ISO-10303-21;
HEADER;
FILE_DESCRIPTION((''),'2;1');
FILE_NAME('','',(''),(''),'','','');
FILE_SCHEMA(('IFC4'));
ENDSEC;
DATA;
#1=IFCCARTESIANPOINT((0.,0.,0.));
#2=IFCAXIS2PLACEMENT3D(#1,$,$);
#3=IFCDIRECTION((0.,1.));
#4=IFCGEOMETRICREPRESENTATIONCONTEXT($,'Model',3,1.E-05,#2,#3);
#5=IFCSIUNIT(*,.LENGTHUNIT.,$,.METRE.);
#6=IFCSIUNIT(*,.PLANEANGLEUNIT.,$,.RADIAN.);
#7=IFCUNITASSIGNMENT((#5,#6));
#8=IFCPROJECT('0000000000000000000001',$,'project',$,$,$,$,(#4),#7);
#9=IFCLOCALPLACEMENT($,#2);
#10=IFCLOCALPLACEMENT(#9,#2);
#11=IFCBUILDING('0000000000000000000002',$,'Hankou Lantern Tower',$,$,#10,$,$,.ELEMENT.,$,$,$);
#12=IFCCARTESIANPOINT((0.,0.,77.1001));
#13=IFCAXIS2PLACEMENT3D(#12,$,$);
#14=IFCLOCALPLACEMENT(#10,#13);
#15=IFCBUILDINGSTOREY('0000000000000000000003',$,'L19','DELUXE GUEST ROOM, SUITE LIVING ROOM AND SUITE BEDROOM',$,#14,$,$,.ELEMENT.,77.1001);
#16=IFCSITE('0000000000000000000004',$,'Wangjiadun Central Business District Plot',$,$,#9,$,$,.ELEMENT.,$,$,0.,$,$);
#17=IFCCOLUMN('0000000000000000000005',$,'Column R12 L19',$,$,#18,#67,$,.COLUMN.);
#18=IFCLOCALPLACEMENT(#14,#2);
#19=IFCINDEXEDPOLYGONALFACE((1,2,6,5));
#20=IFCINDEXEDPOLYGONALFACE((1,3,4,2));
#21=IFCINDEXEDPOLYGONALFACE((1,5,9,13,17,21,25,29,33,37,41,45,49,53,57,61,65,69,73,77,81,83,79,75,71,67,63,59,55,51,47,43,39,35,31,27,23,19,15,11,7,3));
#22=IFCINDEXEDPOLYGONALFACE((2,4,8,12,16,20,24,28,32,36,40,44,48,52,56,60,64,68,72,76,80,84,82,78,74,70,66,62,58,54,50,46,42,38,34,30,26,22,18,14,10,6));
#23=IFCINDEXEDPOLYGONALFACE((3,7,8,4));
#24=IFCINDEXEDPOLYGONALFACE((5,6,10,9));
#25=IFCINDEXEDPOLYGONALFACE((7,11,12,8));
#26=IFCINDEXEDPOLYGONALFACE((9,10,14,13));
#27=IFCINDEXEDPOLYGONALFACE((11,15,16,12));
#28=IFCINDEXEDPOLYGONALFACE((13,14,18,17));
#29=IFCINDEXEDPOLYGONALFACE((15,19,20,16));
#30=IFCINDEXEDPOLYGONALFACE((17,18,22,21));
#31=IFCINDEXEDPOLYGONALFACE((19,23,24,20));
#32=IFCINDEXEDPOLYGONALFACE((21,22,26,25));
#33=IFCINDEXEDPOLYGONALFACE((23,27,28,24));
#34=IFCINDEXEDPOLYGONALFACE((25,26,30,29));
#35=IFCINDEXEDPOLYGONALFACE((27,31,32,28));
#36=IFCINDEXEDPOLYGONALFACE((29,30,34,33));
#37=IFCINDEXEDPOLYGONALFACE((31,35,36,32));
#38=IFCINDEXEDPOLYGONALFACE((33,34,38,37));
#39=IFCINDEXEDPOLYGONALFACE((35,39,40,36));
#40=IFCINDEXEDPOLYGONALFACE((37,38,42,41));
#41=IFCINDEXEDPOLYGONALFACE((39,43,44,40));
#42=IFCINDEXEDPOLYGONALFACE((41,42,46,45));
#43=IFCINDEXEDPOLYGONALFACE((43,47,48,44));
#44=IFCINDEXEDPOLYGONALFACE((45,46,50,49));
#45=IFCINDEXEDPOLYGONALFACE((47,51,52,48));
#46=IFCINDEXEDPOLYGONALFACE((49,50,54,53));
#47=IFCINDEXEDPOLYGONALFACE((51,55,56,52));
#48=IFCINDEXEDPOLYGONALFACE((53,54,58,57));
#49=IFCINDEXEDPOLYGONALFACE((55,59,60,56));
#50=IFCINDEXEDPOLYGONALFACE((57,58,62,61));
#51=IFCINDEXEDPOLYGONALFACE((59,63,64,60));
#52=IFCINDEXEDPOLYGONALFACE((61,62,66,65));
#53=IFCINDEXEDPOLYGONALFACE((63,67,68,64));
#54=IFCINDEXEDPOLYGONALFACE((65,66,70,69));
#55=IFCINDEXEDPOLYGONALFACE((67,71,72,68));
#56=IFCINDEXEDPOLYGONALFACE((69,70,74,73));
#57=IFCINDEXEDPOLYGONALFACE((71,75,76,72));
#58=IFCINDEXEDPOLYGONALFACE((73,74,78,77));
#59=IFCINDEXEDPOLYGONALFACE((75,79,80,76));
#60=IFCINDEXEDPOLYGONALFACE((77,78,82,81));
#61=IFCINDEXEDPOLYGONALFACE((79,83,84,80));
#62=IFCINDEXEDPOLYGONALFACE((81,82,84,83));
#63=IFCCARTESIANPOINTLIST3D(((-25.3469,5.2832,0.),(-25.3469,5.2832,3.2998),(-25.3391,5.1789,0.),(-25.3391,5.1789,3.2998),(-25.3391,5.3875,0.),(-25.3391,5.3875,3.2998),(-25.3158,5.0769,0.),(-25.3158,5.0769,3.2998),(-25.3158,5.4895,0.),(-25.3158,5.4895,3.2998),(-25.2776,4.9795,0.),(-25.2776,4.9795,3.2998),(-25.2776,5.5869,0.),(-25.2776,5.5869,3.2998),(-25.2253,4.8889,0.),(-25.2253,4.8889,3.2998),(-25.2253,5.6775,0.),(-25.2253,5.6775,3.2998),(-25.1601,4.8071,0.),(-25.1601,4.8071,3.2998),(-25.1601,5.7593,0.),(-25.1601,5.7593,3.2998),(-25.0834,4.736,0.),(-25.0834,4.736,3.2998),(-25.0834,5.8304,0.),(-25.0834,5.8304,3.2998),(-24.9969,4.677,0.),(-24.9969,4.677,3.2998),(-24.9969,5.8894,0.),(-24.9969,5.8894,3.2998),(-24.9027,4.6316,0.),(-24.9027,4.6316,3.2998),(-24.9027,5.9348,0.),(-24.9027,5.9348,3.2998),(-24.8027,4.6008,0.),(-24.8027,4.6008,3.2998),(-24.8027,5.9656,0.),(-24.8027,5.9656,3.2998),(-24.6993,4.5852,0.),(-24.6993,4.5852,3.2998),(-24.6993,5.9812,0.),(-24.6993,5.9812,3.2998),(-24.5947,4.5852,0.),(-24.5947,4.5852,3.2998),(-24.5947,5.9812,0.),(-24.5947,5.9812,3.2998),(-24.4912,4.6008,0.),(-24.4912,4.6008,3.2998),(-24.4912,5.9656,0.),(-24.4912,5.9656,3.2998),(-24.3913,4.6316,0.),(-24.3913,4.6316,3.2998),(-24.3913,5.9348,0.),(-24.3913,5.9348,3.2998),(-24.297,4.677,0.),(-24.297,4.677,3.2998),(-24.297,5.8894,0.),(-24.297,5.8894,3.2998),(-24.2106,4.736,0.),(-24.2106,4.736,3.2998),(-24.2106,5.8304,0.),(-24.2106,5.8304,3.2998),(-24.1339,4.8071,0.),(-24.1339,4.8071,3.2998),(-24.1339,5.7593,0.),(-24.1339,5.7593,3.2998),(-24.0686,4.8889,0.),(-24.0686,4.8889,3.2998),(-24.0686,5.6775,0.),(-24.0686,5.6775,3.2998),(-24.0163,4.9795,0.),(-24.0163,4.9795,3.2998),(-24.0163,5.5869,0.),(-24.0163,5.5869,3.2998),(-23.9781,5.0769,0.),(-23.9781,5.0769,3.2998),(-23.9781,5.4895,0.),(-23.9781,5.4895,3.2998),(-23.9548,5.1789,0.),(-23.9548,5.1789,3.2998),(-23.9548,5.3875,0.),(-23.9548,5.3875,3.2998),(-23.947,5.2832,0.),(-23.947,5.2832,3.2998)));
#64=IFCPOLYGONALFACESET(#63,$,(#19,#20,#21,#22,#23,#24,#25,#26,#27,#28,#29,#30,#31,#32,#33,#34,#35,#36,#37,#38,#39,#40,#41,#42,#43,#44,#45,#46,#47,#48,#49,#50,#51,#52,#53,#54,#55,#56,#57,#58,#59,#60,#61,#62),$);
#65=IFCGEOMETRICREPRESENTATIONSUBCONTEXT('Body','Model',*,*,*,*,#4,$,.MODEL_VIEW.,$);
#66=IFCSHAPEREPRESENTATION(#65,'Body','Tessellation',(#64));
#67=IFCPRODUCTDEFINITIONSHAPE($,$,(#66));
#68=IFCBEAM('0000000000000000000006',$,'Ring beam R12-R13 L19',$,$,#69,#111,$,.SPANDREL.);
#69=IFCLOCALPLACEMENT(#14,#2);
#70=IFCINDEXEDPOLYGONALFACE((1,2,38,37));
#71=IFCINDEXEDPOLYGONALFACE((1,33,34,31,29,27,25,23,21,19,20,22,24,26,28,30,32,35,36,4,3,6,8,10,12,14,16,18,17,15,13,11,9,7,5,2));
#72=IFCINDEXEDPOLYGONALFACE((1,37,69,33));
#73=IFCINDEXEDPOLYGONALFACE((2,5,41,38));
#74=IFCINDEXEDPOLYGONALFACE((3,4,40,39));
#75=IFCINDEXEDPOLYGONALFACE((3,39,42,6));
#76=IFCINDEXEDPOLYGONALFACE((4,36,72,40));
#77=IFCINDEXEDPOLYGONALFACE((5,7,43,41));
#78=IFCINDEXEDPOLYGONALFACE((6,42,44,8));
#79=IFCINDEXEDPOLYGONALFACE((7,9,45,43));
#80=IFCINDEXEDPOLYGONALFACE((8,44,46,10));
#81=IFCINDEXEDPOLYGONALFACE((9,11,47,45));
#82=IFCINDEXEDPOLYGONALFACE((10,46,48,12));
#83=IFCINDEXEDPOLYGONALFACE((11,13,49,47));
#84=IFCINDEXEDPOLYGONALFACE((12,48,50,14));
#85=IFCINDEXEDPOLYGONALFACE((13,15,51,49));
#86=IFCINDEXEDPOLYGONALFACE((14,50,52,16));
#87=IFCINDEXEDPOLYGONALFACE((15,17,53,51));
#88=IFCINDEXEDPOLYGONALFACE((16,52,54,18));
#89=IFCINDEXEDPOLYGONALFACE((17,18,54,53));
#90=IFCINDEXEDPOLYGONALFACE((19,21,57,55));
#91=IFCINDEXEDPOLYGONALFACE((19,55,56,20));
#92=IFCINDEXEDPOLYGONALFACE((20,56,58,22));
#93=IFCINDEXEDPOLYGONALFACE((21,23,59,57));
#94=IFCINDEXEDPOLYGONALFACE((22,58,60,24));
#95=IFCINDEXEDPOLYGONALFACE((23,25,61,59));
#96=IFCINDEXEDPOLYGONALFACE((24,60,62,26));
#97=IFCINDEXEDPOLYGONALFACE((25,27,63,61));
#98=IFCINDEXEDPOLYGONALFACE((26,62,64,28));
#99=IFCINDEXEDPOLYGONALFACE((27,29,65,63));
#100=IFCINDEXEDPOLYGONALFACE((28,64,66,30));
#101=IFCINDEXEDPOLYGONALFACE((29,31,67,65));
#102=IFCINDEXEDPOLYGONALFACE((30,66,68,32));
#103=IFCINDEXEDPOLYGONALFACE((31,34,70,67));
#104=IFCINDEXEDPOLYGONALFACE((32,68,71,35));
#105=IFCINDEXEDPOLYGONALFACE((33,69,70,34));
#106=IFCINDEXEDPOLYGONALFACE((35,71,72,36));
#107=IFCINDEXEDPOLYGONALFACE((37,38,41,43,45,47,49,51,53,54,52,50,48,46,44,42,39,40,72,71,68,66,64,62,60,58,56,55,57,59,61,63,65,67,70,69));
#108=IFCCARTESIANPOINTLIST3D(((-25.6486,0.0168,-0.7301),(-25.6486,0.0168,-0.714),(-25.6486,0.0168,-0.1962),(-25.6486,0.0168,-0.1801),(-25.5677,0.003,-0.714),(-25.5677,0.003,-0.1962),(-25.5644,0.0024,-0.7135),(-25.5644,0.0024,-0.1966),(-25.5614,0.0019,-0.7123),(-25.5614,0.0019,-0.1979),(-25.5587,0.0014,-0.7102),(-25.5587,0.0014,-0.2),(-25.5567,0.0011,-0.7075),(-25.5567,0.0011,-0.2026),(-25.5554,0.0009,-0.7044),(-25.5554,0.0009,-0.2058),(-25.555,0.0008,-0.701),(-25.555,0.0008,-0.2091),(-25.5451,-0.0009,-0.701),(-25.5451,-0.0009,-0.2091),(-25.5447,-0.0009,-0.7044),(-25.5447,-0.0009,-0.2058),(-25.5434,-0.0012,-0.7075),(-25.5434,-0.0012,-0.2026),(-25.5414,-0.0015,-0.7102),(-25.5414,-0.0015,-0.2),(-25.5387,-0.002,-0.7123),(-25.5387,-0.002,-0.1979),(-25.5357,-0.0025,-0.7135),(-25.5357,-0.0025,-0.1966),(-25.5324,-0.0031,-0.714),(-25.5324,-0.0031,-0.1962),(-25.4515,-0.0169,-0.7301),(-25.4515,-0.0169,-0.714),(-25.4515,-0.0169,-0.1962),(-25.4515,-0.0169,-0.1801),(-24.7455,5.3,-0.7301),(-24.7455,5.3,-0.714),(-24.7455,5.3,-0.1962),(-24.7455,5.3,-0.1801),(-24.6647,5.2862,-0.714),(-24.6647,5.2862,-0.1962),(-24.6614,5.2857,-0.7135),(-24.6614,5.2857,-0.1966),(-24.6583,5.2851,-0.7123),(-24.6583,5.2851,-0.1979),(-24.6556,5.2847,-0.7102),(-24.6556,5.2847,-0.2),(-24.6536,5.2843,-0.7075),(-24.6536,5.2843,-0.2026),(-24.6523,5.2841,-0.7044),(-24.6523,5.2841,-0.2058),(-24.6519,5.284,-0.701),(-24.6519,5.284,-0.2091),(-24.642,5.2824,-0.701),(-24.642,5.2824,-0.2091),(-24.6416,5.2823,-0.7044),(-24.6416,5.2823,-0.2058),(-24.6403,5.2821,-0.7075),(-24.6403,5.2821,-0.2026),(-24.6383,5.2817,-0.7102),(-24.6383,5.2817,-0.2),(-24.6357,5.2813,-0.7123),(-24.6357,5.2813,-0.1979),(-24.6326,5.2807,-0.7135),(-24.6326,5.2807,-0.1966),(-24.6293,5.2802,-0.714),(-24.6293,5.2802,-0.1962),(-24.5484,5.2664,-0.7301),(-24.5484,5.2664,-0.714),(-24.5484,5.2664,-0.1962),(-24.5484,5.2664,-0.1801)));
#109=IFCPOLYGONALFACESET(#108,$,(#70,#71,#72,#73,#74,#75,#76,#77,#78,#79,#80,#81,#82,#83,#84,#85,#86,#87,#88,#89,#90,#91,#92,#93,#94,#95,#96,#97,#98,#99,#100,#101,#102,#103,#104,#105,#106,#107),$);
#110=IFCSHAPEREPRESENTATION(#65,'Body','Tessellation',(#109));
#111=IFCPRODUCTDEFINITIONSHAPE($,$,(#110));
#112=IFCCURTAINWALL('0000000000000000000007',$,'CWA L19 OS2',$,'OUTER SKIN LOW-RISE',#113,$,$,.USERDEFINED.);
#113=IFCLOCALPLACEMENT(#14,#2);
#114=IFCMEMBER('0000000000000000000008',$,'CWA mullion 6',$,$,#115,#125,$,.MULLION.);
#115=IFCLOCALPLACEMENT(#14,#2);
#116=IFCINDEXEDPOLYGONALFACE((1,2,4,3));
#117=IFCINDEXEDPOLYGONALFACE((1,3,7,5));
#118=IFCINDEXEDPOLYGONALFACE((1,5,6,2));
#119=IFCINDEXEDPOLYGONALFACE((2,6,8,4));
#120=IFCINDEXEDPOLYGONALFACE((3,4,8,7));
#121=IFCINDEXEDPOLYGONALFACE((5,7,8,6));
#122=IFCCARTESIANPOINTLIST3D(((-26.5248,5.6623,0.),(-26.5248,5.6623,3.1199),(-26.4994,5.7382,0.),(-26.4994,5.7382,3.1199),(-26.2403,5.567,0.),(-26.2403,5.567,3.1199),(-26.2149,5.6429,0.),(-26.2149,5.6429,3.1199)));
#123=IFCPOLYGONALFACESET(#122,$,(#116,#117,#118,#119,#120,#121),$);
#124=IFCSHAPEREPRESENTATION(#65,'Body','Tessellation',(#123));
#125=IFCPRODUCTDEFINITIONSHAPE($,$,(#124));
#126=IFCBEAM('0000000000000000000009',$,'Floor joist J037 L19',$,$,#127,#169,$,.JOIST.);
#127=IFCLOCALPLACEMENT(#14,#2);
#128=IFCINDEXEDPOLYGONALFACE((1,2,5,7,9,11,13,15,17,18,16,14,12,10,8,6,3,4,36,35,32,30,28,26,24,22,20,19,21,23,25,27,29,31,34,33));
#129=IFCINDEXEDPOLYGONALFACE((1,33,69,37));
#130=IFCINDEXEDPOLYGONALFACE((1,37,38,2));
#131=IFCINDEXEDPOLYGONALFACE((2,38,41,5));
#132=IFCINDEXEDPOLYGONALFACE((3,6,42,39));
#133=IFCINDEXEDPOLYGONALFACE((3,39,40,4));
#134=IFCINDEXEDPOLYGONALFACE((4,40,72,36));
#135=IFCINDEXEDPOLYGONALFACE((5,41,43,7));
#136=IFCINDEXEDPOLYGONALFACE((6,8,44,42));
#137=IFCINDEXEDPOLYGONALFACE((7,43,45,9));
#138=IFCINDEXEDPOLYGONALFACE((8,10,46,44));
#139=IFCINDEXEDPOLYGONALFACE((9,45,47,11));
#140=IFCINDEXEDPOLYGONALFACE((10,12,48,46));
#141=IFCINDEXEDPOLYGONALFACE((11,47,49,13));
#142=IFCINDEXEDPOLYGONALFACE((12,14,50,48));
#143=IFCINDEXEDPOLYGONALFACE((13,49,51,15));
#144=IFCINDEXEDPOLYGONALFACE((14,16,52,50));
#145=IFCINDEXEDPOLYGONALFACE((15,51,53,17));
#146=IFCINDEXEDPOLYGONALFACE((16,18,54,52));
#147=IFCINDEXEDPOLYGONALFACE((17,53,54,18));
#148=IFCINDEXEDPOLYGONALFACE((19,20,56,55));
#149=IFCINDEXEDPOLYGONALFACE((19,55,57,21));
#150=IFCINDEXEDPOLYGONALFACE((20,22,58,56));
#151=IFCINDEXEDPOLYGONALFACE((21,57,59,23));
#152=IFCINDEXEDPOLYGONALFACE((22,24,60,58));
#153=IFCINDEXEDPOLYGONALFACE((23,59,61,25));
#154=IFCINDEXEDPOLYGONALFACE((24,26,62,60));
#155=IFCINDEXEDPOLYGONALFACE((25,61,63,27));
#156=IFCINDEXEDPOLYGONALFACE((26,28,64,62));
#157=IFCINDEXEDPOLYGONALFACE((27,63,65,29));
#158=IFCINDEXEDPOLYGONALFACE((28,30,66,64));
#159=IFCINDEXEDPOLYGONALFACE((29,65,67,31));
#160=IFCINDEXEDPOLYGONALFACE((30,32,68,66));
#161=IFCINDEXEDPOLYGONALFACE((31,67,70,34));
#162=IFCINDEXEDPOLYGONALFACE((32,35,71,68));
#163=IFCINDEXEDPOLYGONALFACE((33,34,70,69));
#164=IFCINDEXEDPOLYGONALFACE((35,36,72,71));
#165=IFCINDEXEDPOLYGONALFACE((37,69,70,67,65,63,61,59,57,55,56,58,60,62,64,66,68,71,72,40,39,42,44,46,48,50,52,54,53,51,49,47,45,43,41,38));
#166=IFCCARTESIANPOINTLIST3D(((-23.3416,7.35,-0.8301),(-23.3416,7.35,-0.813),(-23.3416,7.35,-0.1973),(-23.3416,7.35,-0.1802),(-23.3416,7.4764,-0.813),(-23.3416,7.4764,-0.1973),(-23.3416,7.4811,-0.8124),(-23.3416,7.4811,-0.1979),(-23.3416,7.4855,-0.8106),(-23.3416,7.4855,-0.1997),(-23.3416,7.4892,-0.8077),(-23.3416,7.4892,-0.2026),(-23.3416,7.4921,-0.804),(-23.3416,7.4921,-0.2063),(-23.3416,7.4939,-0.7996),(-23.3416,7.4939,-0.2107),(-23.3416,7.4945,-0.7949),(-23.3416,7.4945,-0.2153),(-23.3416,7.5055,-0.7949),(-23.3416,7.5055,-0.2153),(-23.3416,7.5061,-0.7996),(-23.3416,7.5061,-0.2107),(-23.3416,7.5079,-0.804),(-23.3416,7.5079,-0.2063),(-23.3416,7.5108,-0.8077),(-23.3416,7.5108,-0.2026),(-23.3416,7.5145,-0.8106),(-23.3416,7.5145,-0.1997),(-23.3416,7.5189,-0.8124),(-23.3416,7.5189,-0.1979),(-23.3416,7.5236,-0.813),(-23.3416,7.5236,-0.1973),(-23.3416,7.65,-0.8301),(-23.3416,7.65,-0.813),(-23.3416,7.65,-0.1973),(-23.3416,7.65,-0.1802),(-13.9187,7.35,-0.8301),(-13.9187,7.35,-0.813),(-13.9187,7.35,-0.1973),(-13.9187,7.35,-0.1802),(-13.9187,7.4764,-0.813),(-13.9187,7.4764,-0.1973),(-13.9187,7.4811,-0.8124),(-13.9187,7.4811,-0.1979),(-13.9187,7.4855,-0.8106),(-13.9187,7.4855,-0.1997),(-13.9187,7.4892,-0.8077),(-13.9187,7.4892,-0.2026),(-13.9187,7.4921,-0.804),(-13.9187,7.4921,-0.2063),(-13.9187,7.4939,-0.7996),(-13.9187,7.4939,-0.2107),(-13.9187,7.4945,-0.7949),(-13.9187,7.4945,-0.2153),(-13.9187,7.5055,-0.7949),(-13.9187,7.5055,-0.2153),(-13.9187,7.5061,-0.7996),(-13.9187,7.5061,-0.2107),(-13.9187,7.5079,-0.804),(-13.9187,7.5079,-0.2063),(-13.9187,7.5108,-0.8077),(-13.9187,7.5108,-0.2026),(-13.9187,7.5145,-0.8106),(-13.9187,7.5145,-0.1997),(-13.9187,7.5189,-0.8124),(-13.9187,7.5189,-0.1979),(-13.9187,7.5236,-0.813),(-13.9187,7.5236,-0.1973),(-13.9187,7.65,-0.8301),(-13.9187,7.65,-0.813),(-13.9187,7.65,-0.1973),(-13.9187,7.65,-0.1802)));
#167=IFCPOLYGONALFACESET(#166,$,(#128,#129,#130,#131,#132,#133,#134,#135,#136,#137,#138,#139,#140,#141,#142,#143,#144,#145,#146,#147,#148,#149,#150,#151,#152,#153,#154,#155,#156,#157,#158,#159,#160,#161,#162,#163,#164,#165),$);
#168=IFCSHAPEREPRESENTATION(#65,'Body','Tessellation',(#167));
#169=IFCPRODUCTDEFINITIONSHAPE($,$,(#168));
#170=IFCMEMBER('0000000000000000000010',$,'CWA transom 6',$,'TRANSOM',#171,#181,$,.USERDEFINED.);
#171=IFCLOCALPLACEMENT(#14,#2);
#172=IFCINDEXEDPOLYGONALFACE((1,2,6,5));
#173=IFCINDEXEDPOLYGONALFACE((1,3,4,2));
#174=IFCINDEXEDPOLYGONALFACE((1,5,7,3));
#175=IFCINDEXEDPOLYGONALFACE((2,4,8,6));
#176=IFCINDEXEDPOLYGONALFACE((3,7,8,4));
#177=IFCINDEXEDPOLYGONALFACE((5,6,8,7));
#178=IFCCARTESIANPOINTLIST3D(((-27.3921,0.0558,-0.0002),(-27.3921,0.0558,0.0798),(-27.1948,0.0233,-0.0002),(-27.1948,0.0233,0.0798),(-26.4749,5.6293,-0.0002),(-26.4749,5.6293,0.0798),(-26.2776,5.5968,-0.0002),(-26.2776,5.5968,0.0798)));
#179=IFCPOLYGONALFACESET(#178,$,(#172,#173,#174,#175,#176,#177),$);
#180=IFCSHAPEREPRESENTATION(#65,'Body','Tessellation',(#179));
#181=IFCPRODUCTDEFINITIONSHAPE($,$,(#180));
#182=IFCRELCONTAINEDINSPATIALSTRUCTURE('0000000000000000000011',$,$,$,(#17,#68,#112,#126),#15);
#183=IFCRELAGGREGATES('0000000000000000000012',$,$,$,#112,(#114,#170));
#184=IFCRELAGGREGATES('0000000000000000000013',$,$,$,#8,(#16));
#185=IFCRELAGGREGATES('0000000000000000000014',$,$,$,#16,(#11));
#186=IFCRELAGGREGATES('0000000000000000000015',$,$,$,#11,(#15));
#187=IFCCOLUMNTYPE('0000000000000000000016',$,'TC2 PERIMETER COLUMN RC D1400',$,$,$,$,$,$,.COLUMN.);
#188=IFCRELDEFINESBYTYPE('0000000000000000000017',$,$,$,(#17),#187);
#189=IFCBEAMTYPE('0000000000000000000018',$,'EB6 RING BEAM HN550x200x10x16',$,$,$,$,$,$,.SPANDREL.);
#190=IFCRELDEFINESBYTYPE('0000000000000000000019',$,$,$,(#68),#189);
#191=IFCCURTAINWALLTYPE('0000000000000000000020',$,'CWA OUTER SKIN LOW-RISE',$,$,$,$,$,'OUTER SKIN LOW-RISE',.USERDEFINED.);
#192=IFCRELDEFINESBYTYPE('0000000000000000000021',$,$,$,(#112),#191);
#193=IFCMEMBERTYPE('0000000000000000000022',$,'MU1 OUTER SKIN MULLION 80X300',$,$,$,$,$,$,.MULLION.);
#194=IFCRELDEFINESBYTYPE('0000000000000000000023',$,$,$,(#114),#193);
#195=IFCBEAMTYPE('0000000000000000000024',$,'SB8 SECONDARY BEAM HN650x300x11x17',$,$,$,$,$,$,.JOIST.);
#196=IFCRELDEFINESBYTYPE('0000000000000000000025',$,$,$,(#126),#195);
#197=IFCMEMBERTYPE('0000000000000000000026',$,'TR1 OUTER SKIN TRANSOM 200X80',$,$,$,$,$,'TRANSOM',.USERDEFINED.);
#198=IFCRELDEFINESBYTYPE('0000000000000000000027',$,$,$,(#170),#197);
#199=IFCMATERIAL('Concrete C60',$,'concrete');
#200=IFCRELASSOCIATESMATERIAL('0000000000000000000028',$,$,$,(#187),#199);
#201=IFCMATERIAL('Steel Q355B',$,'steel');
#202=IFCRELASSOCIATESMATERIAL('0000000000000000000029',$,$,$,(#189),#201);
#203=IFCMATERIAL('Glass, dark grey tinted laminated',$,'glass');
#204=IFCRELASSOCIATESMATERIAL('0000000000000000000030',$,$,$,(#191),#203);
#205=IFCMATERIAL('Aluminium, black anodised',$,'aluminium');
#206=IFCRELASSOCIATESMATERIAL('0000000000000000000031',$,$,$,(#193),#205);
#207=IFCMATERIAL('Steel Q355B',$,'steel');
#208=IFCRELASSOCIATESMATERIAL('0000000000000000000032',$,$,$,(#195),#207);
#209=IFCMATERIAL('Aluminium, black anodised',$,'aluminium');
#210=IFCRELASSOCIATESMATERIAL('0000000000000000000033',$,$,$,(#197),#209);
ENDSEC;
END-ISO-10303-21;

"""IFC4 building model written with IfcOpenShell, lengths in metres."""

from ifc_helpers import new_model, si_unit, direction, frame, origin, origin_2d, place, context, subcontext, project, spatial, rectangle, circle, i_section, extrude, material, material_profile, profile_set, type_object, element, aggregate, save


model = new_model("IFC4")

# Units and contexts
model_context = context("Model", 3, precision=1e-05, world=origin(), true_north=direction((0.0, 1.0)))
body_context = subcontext(model_context, "Body", "Model", "MODEL_VIEW")
ifc_project = project(units=[si_unit("LENGTHUNIT", "METRE"), si_unit("PLANEANGLEUNIT", "RADIAN")], contexts=[model_context])

# Site, building, storey
site_placement = place(None, origin())
site = spatial("IfcSite", under=ifc_project, at=site_placement, Name="Wangjiadun Central Business District Plot", CompositionType="ELEMENT", RefElevation=0.0)
building_placement = place(site_placement, origin())
building = spatial("IfcBuilding", under=site, at=building_placement, Name="Hankou Lantern Tower", CompositionType="ELEMENT")
storey_placement = place(building_placement, frame((0.0, 0.0, 77.1001)))
storey = spatial("IfcBuildingStorey", under=building, at=storey_placement, Name="L19", Description="DELUXE GUEST ROOM, SUITE LIVING ROOM AND SUITE BEDROOM", CompositionType="ELEMENT", Elevation=77.1001)

# Column
ifc_material_1 = material(Name="Concrete C60", Category="concrete")
ifc_material_profile_1 = material_profile(ifc_material_1, circle(Radius=0.7, at=origin_2d()), Name="RC D1400")
ifc_profile_set_1 = profile_set([ifc_material_profile_1], Name="Concrete C60")
column_type = type_object("IfcColumnType", Name="TC2 PERIMETER COLUMN RC D1400", PredefinedType="COLUMN", material=ifc_profile_set_1)
column_placement = place(storey_placement, frame((-24.647, 5.2832, 0.0), z_axis=(0.0, 0.0, 1.0), x_axis=(1.0, 0.0, 0.0)))
element("IfcColumn", 1, at=column_placement, inside=storey, type_object=column_type, Name="Column R12 L19", PredefinedType="COLUMN", context=body_context, shape_type="SweptSolid", body=[
    extrude(circle(Radius=0.7, at=origin_2d()), origin(), (0.0, 0.0, 1.0), 3.2998),
])

# Beam
ifc_material_2 = material(Name="Steel Q355B", Category="steel")
ifc_material_profile_2 = material_profile(ifc_material_2, i_section(OverallWidth=0.2, OverallDepth=0.55, WebThickness=0.01, FlangeThickness=0.0161, FilletRadius=0.0129, at=origin_2d()), Name="HN550x200x10x16")
ifc_profile_set_2 = profile_set([ifc_material_profile_2], Name="Steel Q355B")
beam_type_1 = type_object("IfcBeamType", Name="EB6 RING BEAM HN550x200x10x16", PredefinedType="SPANDREL", material=ifc_profile_set_2)
beam_1_placement = place(storey_placement, frame((-24.647, 5.2832, -0.4551), z_axis=(-0.16849, -0.985703, 0.0), x_axis=(0.985703, -0.16849, 0.0)))
element("IfcBeam", 2, at=beam_1_placement, inside=storey, type_object=beam_type_1, Name="Ring beam R12-R13 L19", PredefinedType="SPANDREL", context=body_context, shape_type="SweptSolid", body=[
    extrude(i_section(OverallWidth=0.2, OverallDepth=0.55, WebThickness=0.01, FlangeThickness=0.0161, FilletRadius=0.0129, at=origin_2d()), origin(), (0.0, 0.0, 1.0), 5.3599),
])

# Curtain wall, member
ifc_material_3 = material(Name="Glass, dark grey tinted laminated", Category="glass")
curtain_wall_type = type_object("IfcCurtainWallType", Name="CWA OUTER SKIN LOW-RISE", ElementType="OUTER SKIN LOW-RISE", PredefinedType="USERDEFINED", material=ifc_material_3)
curtain_wall_placement = place(storey_placement, origin())
curtain_wall = element("IfcCurtainWall", 3, at=curtain_wall_placement, inside=storey, type_object=curtain_wall_type, Name="CWA L19 OS2", ObjectType="OUTER SKIN LOW-RISE", PredefinedType="USERDEFINED")
ifc_material_4 = material(Name="Aluminium, black anodised", Category="aluminium")
ifc_material_profile_3 = material_profile(ifc_material_4, rectangle(XDim=0.0801, YDim=0.3, at=origin_2d()), Name="MU1 80X300")
ifc_profile_set_3 = profile_set([ifc_material_profile_3], Name="Aluminium, black anodised")
member_type_1 = type_object("IfcMemberType", Name="MU1 OUTER SKIN MULLION 80X300", PredefinedType="MULLION", material=ifc_profile_set_3)
member_1_placement = place(storey_placement, frame((-26.3699, 5.6526, 0.0), z_axis=(0.0, 0.0, 1.0), x_axis=(-0.317596, -0.948226, 0.0)))
member_1 = element("IfcMember", 4, at=member_1_placement, type_object=member_type_1, Name="CWA mullion 6", PredefinedType="MULLION", context=body_context, shape_type="SweptSolid", body=[
    extrude(rectangle(XDim=0.0801, YDim=0.3, at=origin_2d()), origin(), (0.0, 0.0, 1.0), 3.1199),
])

# Beam
ifc_material_5 = material(Name="Steel Q355B", Category="steel")
ifc_material_profile_4 = material_profile(ifc_material_5, i_section(OverallWidth=0.3, OverallDepth=0.6499, WebThickness=0.011, FlangeThickness=0.0171, FilletRadius=0.0181, at=origin_2d()), Name="HN650x300x11x17")
ifc_profile_set_4 = profile_set([ifc_material_profile_4], Name="Steel Q355B")
beam_type_2 = type_object("IfcBeamType", Name="SB8 SECONDARY BEAM HN650x300x11x17", PredefinedType="JOIST", material=ifc_profile_set_4)
beam_2_placement = place(storey_placement, frame((-23.3416, 7.5, -0.5051), z_axis=(1.0, 0.0, 0.0), x_axis=(0.0, 1.0, 0.0)))
element("IfcBeam", 5, at=beam_2_placement, inside=storey, type_object=beam_type_2, Name="Floor joist J037 L19", PredefinedType="JOIST", context=body_context, shape_type="SweptSolid", body=[
    extrude(i_section(OverallWidth=0.3, OverallDepth=0.6499, WebThickness=0.011, FlangeThickness=0.0171, FilletRadius=0.0181, at=origin_2d()), origin(), (0.0, 0.0, 1.0), 9.4229),
])

# Member
ifc_material_6 = material(Name="Aluminium, black anodised", Category="aluminium")
ifc_material_profile_5 = material_profile(ifc_material_6, rectangle(XDim=0.2, YDim=0.0801, at=origin_2d()), Name="TR1 200X80")
ifc_profile_set_5 = profile_set([ifc_material_profile_5], Name="Aluminium, black anodised")
member_type_2 = type_object("IfcMemberType", Name="TR1 OUTER SKIN TRANSOM 200X80", ElementType="TRANSOM", PredefinedType="USERDEFINED", material=ifc_profile_set_5)
member_2_placement = place(storey_placement, frame((-26.3762, 5.613, 0.0398), z_axis=(-0.162387, -0.986727, 0.0), x_axis=(0.986727, -0.162387, 0.0)))
member_2 = element("IfcMember", 6, at=member_2_placement, type_object=member_type_2, Name="CWA transom 6", ObjectType="TRANSOM", PredefinedType="USERDEFINED", context=body_context, shape_type="SweptSolid", body=[
    extrude(rectangle(XDim=0.2, YDim=0.0801, at=origin_2d()), origin(), (0.0, 0.0, 1.0), 5.6484),
])

aggregate(curtain_wall, [member_1, member_2])

save(model, "model.ifc")
